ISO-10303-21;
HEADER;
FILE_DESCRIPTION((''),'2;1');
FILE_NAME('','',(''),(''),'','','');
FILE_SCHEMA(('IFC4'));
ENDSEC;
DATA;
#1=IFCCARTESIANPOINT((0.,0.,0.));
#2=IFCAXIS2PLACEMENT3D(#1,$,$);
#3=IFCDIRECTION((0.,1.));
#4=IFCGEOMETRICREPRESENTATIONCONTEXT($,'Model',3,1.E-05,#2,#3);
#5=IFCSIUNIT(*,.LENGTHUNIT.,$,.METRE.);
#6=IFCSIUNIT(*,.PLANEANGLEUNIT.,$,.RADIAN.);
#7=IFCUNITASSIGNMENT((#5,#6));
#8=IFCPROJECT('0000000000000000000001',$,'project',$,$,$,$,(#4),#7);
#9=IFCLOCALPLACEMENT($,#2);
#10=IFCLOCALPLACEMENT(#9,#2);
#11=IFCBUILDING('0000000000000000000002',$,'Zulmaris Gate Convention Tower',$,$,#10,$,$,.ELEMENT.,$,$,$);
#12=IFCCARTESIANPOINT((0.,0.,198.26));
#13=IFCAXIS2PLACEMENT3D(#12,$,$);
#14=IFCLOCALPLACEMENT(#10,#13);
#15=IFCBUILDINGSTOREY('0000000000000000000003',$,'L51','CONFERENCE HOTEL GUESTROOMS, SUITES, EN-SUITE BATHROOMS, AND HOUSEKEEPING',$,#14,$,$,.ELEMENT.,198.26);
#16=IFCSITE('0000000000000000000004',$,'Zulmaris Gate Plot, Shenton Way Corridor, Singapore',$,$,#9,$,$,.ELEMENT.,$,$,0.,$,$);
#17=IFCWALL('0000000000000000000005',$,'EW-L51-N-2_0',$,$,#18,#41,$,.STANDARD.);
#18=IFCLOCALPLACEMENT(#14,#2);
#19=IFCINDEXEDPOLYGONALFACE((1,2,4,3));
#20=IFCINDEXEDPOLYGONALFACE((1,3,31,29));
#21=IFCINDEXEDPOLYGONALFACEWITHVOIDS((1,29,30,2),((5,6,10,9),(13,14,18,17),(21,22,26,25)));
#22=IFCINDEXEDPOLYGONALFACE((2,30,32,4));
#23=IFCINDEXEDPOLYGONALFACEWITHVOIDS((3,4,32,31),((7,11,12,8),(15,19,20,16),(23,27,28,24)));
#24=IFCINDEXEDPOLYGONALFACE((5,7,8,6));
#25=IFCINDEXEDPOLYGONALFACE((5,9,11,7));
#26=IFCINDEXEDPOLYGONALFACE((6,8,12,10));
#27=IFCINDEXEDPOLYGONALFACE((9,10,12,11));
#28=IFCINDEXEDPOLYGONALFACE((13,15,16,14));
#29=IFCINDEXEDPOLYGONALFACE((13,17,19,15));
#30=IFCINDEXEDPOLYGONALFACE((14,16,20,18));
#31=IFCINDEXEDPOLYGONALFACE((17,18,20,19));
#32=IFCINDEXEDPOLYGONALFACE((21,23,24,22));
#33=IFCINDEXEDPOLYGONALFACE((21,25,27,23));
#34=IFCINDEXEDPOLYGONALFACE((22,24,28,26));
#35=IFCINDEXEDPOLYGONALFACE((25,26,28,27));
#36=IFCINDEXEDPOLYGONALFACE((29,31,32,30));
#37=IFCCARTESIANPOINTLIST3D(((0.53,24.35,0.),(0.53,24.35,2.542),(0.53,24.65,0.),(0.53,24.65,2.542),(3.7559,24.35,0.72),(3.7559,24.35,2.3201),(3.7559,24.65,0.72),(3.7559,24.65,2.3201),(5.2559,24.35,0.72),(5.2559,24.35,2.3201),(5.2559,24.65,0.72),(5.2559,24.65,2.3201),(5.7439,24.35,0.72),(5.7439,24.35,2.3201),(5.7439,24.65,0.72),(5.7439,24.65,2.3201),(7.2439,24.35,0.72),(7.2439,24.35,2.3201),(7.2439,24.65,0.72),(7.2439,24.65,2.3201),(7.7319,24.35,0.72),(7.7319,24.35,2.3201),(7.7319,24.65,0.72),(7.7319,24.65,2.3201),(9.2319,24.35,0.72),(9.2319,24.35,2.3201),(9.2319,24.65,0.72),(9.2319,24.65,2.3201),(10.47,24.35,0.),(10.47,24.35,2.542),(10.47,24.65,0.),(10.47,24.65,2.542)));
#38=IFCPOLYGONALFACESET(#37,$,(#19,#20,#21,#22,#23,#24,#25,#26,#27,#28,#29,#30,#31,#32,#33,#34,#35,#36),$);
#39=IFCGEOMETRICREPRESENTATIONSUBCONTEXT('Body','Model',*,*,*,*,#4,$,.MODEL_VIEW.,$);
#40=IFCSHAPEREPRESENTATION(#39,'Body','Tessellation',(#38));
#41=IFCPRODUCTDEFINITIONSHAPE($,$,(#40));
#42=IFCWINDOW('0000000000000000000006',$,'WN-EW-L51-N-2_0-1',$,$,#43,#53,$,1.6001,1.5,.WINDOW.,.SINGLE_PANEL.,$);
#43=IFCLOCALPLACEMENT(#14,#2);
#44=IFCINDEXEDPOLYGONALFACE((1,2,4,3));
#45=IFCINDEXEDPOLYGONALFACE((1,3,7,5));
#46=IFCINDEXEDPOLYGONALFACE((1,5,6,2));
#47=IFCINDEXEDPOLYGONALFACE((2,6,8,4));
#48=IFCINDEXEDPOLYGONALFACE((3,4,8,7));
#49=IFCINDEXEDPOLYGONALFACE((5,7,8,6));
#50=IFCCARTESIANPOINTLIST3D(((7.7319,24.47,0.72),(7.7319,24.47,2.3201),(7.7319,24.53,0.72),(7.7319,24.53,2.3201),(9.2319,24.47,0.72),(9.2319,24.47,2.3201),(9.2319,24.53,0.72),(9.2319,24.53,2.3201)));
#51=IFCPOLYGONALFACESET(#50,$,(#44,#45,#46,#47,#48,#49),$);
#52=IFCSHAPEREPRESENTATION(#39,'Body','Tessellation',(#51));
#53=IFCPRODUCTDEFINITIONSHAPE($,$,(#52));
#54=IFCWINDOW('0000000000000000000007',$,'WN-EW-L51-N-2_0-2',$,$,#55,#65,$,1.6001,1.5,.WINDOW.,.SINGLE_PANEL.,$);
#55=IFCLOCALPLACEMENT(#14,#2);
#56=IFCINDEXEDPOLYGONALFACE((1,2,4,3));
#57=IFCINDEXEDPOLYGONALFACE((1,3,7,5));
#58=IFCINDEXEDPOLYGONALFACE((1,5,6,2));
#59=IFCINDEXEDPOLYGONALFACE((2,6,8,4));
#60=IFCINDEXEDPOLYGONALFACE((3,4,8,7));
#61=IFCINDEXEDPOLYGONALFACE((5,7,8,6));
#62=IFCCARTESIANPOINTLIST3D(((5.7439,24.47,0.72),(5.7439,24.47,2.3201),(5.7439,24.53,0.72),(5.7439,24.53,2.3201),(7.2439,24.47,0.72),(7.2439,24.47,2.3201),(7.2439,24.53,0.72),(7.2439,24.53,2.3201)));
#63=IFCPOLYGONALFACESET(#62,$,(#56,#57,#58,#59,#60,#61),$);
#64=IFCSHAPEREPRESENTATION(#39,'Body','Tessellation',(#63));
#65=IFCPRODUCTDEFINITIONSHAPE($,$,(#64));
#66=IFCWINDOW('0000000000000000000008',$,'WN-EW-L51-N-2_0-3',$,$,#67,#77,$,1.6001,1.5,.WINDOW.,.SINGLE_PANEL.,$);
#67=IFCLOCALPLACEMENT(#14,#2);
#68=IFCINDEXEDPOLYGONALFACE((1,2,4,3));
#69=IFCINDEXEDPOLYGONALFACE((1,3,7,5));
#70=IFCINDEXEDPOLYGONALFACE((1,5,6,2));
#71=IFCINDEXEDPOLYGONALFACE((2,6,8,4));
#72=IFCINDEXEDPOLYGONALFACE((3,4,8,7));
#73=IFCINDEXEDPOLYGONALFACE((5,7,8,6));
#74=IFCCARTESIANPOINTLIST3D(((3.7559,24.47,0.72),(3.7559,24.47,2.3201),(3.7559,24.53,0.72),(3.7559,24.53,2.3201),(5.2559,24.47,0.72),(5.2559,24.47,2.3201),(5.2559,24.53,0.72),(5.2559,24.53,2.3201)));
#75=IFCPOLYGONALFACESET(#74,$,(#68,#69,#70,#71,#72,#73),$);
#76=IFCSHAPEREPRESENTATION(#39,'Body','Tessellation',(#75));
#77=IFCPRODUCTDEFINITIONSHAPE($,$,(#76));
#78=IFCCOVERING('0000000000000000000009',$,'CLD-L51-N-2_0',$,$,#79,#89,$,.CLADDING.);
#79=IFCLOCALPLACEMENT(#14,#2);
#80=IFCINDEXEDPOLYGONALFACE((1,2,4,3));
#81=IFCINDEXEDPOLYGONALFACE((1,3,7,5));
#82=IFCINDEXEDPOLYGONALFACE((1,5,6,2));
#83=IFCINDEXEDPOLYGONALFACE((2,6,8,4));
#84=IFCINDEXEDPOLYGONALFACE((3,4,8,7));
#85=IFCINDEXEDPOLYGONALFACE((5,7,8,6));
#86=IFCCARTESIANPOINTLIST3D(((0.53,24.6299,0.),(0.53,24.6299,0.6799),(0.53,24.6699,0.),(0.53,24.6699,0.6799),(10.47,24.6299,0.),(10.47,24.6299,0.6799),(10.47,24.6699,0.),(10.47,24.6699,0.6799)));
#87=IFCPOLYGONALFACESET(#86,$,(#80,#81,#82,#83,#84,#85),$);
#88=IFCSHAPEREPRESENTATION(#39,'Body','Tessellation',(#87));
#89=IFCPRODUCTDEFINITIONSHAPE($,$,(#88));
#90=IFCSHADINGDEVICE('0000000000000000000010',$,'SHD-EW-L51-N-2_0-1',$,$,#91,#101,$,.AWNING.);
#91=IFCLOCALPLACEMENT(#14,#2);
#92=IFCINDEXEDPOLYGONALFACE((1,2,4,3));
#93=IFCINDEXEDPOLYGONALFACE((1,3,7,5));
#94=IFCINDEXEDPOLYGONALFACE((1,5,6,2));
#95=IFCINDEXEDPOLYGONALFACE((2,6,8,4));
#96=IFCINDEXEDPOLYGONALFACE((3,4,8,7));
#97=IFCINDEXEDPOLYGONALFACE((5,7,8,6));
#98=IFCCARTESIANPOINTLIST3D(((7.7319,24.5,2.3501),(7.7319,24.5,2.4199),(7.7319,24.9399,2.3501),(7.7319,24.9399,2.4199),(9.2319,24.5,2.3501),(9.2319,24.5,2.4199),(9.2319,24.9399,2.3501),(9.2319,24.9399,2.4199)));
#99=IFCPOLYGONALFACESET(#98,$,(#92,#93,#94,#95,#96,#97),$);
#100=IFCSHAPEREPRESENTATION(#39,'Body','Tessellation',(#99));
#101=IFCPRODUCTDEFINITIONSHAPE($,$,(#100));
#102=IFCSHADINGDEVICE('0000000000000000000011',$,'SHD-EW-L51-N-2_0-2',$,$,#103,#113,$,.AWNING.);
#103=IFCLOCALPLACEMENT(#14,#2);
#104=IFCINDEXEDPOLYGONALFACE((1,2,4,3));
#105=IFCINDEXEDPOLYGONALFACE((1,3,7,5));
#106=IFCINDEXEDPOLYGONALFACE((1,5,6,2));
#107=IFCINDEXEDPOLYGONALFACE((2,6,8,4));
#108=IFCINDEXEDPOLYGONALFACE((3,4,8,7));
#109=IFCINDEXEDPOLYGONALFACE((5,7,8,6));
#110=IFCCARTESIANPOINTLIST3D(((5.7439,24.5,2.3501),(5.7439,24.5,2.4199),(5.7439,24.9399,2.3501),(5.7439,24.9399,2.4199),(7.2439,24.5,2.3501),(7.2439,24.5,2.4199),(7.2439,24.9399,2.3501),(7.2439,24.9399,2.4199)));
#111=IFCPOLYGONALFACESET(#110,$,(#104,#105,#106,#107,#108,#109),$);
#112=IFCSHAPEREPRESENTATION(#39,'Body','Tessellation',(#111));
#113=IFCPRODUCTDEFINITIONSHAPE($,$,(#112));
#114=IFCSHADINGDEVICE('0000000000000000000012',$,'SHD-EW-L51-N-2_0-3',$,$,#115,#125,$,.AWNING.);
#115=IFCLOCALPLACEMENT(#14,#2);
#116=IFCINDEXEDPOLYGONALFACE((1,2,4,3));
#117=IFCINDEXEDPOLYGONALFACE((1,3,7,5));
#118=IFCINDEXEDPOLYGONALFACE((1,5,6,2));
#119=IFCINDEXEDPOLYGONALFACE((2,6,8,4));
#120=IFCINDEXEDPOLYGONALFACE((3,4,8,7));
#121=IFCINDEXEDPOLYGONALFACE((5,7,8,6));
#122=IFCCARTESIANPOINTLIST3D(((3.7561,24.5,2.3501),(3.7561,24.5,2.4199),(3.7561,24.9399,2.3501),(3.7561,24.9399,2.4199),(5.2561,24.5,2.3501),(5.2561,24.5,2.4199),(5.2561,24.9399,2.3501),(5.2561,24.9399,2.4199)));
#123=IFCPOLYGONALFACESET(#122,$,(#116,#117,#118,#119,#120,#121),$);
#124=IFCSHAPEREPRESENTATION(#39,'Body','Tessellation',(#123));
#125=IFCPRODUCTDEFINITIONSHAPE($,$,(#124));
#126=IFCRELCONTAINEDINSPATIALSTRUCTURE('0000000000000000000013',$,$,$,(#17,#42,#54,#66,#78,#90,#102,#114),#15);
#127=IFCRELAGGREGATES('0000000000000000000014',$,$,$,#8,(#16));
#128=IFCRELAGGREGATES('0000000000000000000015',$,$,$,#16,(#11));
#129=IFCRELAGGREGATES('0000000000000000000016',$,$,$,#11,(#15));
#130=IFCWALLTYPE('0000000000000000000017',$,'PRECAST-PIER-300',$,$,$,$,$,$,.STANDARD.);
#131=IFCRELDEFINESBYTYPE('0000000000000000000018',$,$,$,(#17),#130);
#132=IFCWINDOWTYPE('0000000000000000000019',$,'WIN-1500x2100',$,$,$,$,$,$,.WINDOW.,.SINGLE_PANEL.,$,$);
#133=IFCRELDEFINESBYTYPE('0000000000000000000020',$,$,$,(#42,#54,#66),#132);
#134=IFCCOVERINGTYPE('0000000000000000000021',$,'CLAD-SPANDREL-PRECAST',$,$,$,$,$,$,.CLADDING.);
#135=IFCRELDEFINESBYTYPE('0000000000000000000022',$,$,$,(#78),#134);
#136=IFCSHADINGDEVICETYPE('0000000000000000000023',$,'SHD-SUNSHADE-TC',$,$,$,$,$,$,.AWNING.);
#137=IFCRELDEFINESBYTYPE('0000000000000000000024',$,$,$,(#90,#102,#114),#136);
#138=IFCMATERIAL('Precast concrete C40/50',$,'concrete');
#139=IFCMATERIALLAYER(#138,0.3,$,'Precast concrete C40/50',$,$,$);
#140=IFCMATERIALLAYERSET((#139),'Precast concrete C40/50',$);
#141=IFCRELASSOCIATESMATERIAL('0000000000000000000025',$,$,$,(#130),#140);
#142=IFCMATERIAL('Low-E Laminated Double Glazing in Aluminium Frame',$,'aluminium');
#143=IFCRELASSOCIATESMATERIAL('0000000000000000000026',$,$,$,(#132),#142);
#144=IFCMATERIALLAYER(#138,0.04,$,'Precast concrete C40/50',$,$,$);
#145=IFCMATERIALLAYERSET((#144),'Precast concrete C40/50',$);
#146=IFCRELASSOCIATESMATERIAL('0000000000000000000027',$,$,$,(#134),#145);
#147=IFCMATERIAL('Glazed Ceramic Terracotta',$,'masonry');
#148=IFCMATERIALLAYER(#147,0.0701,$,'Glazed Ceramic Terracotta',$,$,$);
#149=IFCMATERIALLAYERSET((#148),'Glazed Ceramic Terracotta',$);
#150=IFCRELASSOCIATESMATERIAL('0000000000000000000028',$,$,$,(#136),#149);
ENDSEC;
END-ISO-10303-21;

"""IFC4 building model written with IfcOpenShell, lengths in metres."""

from ifc_helpers import new_model, si_unit, direction, frame, frame_2d, origin, place, context, subcontext, project, spatial, rectangle, extrude, material, layer, layer_set, type_object, element, fill, save


model = new_model("IFC4")

# Units and contexts
model_context = context("Model", 3, precision=1e-05, world=origin(), true_north=direction((0.0, 1.0)))
body_context = subcontext(model_context, "Body", "Model", "MODEL_VIEW")
ifc_project = project(units=[si_unit("LENGTHUNIT", "METRE"), si_unit("PLANEANGLEUNIT", "RADIAN")], contexts=[model_context])

# Site, building, storey
site_placement = place(None, origin())
site = spatial("IfcSite", under=ifc_project, at=site_placement, Name="Zulmaris Gate Plot, Shenton Way Corridor, Singapore", CompositionType="ELEMENT", RefElevation=0.0)
building_placement = place(site_placement, origin())
building = spatial("IfcBuilding", under=site, at=building_placement, Name="Zulmaris Gate Convention Tower", CompositionType="ELEMENT")
storey_placement = place(building_placement, frame((0.0, 0.0, 198.26)))
storey = spatial("IfcBuildingStorey", under=building, at=storey_placement, Name="L51", Description="CONFERENCE HOTEL GUESTROOMS, SUITES, EN-SUITE BATHROOMS, AND HOUSEKEEPING", CompositionType="ELEMENT", Elevation=198.26)

# Wall, openings, windows
ifc_material_1 = material(Name="Precast concrete C40/50", Category="concrete")
ifc_layer_1 = layer(ifc_material_1, 0.3, Name="Precast concrete C40/50")
ifc_layer_set_1 = layer_set([ifc_layer_1], Name="Precast concrete C40/50")
wall_type_1 = type_object("IfcWallType", Name="PRECAST-PIER-300", PredefinedType="STANDARD", material=ifc_layer_set_1)
wall_1_placement = place(storey_placement, frame((10.47, 24.5, 0.0), z_axis=(0.0, 0.0, 1.0), x_axis=(-1.0, 0.0, 0.0)))
wall_1 = element("IfcWall", 1, at=wall_1_placement, inside=storey, type_object=wall_type_1, Name="EW-L51-N-2_0", PredefinedType="STANDARD", context=body_context, shape_type="SweptSolid", body=[
    extrude(rectangle(XDim=9.9399, YDim=0.3, at=frame_2d((4.97, 0.0))), origin(), (0.0, 0.0, 1.0), 2.542),
])
opening_1_placement = place(wall_1_placement, frame((1.238, 0.0, 0.72)))
opening_1 = element("IfcOpeningElement", 2, at=opening_1_placement, cuts=wall_1, PredefinedType="OPENING", context=body_context, shape_type="SweptSolid", body=[
    extrude(rectangle(XDim=1.5, YDim=1.6001, at=frame_2d((0.75, 0.8))), frame((0.0, 0.1602, 0.0), z_axis=(0.0, -1.0, 0.0), x_axis=(1.0, 0.0, 0.0)), (0.0, 0.0, 1.0), 0.3201),
])
opening_2_placement = place(wall_1_placement, frame((3.2261, 0.0, 0.72)))
opening_2 = element("IfcOpeningElement", 3, at=opening_2_placement, cuts=wall_1, PredefinedType="OPENING", context=body_context, shape_type="SweptSolid", body=[
    extrude(rectangle(XDim=1.5, YDim=1.6001, at=frame_2d((0.75, 0.8))), frame((0.0, 0.1602, 0.0), z_axis=(0.0, -1.0, 0.0), x_axis=(1.0, 0.0, 0.0)), (0.0, 0.0, 1.0), 0.3201),
])
opening_3_placement = place(wall_1_placement, frame((5.2141, 0.0, 0.72)))
opening_3 = element("IfcOpeningElement", 4, at=opening_3_placement, cuts=wall_1, PredefinedType="OPENING", context=body_context, shape_type="SweptSolid", body=[
    extrude(rectangle(XDim=1.5, YDim=1.6001, at=frame_2d((0.75, 0.8))), frame((0.0, 0.1602, 0.0), z_axis=(0.0, -1.0, 0.0), x_axis=(1.0, 0.0, 0.0)), (0.0, 0.0, 1.0), 0.3201),
])
ifc_material_2 = material(Name="Low-E Laminated Double Glazing in Aluminium Frame", Category="aluminium")
window_type = type_object("IfcWindowType", Name="WIN-1500x2100", PartitioningType="SINGLE_PANEL", PredefinedType="WINDOW", material=ifc_material_2)
window_1_placement = place(opening_1_placement, origin())
window_1 = element("IfcWindow", 5, at=window_1_placement, inside=storey, type_object=window_type, Name="WN-EW-L51-N-2_0-1", OverallHeight=1.6001, OverallWidth=1.5, PartitioningType="SINGLE_PANEL", PredefinedType="WINDOW", context=body_context, shape_type="SweptSolid", body=[
    extrude(rectangle(XDim=1.5, YDim=1.6001, at=frame_2d((0.75, 0.8))), frame((0.0, 0.03, 0.0), z_axis=(0.0, -1.0, 0.0), x_axis=(1.0, 0.0, 0.0)), (0.0, 0.0, 1.0), 0.0601),
])
fill(opening_1, window_1)
window_2_placement = place(opening_2_placement, origin())
window_2 = element("IfcWindow", 6, at=window_2_placement, inside=storey, type_object=window_type, Name="WN-EW-L51-N-2_0-2", OverallHeight=1.6001, OverallWidth=1.5, PartitioningType="SINGLE_PANEL", PredefinedType="WINDOW", context=body_context, shape_type="SweptSolid", body=[
    extrude(rectangle(XDim=1.5, YDim=1.6001, at=frame_2d((0.75, 0.8))), frame((0.0, 0.03, 0.0), z_axis=(0.0, -1.0, 0.0), x_axis=(1.0, 0.0, 0.0)), (0.0, 0.0, 1.0), 0.0601),
])
fill(opening_2, window_2)
window_3_placement = place(opening_3_placement, origin())
window_3 = element("IfcWindow", 7, at=window_3_placement, inside=storey, type_object=window_type, Name="WN-EW-L51-N-2_0-3", OverallHeight=1.6001, OverallWidth=1.5, PartitioningType="SINGLE_PANEL", PredefinedType="WINDOW", context=body_context, shape_type="SweptSolid", body=[
    extrude(rectangle(XDim=1.5, YDim=1.6001, at=frame_2d((0.75, 0.8))), frame((0.0, 0.03, 0.0), z_axis=(0.0, -1.0, 0.0), x_axis=(1.0, 0.0, 0.0)), (0.0, 0.0, 1.0), 0.0601),
])
fill(opening_3, window_3)

# Covering
ifc_layer_2 = layer(ifc_material_1, 0.04, Name="Precast concrete C40/50")
ifc_layer_set_2 = layer_set([ifc_layer_2], Name="Precast concrete C40/50")
covering_type = type_object("IfcCoveringType", Name="CLAD-SPANDREL-PRECAST", PredefinedType="CLADDING", material=ifc_layer_set_2)
covering_placement = place(storey_placement, frame((10.47, 24.6499, 0.0), z_axis=(0.0, 0.0, 1.0), x_axis=(-1.0, 0.0, 0.0)))
element("IfcCovering", 8, at=covering_placement, inside=storey, type_object=covering_type, Name="CLD-L51-N-2_0", PredefinedType="CLADDING", context=body_context, shape_type="SweptSolid", body=[
    extrude(rectangle(XDim=9.9399, YDim=0.04, at=frame_2d((4.97, 0.0))), origin(), (0.0, 0.0, 1.0), 0.6799),
])

# Shading devices
ifc_material_3 = material(Name="Glazed Ceramic Terracotta", Category="masonry")
ifc_layer_3 = layer(ifc_material_3, 0.0701, Name="Glazed Ceramic Terracotta")
ifc_layer_set_3 = layer_set([ifc_layer_3], Name="Glazed Ceramic Terracotta")
shading_device_type = type_object("IfcShadingDeviceType", Name="SHD-SUNSHADE-TC", PredefinedType="AWNING", material=ifc_layer_set_3)
for number, where, z_axis, x_axis, name in (
    (9, (9.2319, 24.72, 2.3501), (0.0, 0.0, 1.0), (-1.0, 0.0, 0.0), "SHD-EW-L51-N-2_0-1"),
    (10, (7.2439, 24.72, 2.3501), (0.0, 0.0, 1.0), (-1.0, 0.0, 0.0), "SHD-EW-L51-N-2_0-2"),
    (11, (5.2561, 24.72, 2.3501), (0.0, 0.0, 1.0), (-1.0, 0.0, 0.0), "SHD-EW-L51-N-2_0-3"),
):
    element("IfcShadingDevice", number, at=place(storey_placement, frame(where, z_axis=z_axis, x_axis=x_axis)), inside=storey, type_object=shading_device_type, Name=name, PredefinedType="AWNING", context=body_context, shape_type="SweptSolid", body=[
        extrude(rectangle(XDim=1.5, YDim=0.4399, at=frame_2d((0.75, 0.0))), origin(), (0.0, 0.0, 1.0), 0.0698),
    ])

save(model, "model.ifc")
